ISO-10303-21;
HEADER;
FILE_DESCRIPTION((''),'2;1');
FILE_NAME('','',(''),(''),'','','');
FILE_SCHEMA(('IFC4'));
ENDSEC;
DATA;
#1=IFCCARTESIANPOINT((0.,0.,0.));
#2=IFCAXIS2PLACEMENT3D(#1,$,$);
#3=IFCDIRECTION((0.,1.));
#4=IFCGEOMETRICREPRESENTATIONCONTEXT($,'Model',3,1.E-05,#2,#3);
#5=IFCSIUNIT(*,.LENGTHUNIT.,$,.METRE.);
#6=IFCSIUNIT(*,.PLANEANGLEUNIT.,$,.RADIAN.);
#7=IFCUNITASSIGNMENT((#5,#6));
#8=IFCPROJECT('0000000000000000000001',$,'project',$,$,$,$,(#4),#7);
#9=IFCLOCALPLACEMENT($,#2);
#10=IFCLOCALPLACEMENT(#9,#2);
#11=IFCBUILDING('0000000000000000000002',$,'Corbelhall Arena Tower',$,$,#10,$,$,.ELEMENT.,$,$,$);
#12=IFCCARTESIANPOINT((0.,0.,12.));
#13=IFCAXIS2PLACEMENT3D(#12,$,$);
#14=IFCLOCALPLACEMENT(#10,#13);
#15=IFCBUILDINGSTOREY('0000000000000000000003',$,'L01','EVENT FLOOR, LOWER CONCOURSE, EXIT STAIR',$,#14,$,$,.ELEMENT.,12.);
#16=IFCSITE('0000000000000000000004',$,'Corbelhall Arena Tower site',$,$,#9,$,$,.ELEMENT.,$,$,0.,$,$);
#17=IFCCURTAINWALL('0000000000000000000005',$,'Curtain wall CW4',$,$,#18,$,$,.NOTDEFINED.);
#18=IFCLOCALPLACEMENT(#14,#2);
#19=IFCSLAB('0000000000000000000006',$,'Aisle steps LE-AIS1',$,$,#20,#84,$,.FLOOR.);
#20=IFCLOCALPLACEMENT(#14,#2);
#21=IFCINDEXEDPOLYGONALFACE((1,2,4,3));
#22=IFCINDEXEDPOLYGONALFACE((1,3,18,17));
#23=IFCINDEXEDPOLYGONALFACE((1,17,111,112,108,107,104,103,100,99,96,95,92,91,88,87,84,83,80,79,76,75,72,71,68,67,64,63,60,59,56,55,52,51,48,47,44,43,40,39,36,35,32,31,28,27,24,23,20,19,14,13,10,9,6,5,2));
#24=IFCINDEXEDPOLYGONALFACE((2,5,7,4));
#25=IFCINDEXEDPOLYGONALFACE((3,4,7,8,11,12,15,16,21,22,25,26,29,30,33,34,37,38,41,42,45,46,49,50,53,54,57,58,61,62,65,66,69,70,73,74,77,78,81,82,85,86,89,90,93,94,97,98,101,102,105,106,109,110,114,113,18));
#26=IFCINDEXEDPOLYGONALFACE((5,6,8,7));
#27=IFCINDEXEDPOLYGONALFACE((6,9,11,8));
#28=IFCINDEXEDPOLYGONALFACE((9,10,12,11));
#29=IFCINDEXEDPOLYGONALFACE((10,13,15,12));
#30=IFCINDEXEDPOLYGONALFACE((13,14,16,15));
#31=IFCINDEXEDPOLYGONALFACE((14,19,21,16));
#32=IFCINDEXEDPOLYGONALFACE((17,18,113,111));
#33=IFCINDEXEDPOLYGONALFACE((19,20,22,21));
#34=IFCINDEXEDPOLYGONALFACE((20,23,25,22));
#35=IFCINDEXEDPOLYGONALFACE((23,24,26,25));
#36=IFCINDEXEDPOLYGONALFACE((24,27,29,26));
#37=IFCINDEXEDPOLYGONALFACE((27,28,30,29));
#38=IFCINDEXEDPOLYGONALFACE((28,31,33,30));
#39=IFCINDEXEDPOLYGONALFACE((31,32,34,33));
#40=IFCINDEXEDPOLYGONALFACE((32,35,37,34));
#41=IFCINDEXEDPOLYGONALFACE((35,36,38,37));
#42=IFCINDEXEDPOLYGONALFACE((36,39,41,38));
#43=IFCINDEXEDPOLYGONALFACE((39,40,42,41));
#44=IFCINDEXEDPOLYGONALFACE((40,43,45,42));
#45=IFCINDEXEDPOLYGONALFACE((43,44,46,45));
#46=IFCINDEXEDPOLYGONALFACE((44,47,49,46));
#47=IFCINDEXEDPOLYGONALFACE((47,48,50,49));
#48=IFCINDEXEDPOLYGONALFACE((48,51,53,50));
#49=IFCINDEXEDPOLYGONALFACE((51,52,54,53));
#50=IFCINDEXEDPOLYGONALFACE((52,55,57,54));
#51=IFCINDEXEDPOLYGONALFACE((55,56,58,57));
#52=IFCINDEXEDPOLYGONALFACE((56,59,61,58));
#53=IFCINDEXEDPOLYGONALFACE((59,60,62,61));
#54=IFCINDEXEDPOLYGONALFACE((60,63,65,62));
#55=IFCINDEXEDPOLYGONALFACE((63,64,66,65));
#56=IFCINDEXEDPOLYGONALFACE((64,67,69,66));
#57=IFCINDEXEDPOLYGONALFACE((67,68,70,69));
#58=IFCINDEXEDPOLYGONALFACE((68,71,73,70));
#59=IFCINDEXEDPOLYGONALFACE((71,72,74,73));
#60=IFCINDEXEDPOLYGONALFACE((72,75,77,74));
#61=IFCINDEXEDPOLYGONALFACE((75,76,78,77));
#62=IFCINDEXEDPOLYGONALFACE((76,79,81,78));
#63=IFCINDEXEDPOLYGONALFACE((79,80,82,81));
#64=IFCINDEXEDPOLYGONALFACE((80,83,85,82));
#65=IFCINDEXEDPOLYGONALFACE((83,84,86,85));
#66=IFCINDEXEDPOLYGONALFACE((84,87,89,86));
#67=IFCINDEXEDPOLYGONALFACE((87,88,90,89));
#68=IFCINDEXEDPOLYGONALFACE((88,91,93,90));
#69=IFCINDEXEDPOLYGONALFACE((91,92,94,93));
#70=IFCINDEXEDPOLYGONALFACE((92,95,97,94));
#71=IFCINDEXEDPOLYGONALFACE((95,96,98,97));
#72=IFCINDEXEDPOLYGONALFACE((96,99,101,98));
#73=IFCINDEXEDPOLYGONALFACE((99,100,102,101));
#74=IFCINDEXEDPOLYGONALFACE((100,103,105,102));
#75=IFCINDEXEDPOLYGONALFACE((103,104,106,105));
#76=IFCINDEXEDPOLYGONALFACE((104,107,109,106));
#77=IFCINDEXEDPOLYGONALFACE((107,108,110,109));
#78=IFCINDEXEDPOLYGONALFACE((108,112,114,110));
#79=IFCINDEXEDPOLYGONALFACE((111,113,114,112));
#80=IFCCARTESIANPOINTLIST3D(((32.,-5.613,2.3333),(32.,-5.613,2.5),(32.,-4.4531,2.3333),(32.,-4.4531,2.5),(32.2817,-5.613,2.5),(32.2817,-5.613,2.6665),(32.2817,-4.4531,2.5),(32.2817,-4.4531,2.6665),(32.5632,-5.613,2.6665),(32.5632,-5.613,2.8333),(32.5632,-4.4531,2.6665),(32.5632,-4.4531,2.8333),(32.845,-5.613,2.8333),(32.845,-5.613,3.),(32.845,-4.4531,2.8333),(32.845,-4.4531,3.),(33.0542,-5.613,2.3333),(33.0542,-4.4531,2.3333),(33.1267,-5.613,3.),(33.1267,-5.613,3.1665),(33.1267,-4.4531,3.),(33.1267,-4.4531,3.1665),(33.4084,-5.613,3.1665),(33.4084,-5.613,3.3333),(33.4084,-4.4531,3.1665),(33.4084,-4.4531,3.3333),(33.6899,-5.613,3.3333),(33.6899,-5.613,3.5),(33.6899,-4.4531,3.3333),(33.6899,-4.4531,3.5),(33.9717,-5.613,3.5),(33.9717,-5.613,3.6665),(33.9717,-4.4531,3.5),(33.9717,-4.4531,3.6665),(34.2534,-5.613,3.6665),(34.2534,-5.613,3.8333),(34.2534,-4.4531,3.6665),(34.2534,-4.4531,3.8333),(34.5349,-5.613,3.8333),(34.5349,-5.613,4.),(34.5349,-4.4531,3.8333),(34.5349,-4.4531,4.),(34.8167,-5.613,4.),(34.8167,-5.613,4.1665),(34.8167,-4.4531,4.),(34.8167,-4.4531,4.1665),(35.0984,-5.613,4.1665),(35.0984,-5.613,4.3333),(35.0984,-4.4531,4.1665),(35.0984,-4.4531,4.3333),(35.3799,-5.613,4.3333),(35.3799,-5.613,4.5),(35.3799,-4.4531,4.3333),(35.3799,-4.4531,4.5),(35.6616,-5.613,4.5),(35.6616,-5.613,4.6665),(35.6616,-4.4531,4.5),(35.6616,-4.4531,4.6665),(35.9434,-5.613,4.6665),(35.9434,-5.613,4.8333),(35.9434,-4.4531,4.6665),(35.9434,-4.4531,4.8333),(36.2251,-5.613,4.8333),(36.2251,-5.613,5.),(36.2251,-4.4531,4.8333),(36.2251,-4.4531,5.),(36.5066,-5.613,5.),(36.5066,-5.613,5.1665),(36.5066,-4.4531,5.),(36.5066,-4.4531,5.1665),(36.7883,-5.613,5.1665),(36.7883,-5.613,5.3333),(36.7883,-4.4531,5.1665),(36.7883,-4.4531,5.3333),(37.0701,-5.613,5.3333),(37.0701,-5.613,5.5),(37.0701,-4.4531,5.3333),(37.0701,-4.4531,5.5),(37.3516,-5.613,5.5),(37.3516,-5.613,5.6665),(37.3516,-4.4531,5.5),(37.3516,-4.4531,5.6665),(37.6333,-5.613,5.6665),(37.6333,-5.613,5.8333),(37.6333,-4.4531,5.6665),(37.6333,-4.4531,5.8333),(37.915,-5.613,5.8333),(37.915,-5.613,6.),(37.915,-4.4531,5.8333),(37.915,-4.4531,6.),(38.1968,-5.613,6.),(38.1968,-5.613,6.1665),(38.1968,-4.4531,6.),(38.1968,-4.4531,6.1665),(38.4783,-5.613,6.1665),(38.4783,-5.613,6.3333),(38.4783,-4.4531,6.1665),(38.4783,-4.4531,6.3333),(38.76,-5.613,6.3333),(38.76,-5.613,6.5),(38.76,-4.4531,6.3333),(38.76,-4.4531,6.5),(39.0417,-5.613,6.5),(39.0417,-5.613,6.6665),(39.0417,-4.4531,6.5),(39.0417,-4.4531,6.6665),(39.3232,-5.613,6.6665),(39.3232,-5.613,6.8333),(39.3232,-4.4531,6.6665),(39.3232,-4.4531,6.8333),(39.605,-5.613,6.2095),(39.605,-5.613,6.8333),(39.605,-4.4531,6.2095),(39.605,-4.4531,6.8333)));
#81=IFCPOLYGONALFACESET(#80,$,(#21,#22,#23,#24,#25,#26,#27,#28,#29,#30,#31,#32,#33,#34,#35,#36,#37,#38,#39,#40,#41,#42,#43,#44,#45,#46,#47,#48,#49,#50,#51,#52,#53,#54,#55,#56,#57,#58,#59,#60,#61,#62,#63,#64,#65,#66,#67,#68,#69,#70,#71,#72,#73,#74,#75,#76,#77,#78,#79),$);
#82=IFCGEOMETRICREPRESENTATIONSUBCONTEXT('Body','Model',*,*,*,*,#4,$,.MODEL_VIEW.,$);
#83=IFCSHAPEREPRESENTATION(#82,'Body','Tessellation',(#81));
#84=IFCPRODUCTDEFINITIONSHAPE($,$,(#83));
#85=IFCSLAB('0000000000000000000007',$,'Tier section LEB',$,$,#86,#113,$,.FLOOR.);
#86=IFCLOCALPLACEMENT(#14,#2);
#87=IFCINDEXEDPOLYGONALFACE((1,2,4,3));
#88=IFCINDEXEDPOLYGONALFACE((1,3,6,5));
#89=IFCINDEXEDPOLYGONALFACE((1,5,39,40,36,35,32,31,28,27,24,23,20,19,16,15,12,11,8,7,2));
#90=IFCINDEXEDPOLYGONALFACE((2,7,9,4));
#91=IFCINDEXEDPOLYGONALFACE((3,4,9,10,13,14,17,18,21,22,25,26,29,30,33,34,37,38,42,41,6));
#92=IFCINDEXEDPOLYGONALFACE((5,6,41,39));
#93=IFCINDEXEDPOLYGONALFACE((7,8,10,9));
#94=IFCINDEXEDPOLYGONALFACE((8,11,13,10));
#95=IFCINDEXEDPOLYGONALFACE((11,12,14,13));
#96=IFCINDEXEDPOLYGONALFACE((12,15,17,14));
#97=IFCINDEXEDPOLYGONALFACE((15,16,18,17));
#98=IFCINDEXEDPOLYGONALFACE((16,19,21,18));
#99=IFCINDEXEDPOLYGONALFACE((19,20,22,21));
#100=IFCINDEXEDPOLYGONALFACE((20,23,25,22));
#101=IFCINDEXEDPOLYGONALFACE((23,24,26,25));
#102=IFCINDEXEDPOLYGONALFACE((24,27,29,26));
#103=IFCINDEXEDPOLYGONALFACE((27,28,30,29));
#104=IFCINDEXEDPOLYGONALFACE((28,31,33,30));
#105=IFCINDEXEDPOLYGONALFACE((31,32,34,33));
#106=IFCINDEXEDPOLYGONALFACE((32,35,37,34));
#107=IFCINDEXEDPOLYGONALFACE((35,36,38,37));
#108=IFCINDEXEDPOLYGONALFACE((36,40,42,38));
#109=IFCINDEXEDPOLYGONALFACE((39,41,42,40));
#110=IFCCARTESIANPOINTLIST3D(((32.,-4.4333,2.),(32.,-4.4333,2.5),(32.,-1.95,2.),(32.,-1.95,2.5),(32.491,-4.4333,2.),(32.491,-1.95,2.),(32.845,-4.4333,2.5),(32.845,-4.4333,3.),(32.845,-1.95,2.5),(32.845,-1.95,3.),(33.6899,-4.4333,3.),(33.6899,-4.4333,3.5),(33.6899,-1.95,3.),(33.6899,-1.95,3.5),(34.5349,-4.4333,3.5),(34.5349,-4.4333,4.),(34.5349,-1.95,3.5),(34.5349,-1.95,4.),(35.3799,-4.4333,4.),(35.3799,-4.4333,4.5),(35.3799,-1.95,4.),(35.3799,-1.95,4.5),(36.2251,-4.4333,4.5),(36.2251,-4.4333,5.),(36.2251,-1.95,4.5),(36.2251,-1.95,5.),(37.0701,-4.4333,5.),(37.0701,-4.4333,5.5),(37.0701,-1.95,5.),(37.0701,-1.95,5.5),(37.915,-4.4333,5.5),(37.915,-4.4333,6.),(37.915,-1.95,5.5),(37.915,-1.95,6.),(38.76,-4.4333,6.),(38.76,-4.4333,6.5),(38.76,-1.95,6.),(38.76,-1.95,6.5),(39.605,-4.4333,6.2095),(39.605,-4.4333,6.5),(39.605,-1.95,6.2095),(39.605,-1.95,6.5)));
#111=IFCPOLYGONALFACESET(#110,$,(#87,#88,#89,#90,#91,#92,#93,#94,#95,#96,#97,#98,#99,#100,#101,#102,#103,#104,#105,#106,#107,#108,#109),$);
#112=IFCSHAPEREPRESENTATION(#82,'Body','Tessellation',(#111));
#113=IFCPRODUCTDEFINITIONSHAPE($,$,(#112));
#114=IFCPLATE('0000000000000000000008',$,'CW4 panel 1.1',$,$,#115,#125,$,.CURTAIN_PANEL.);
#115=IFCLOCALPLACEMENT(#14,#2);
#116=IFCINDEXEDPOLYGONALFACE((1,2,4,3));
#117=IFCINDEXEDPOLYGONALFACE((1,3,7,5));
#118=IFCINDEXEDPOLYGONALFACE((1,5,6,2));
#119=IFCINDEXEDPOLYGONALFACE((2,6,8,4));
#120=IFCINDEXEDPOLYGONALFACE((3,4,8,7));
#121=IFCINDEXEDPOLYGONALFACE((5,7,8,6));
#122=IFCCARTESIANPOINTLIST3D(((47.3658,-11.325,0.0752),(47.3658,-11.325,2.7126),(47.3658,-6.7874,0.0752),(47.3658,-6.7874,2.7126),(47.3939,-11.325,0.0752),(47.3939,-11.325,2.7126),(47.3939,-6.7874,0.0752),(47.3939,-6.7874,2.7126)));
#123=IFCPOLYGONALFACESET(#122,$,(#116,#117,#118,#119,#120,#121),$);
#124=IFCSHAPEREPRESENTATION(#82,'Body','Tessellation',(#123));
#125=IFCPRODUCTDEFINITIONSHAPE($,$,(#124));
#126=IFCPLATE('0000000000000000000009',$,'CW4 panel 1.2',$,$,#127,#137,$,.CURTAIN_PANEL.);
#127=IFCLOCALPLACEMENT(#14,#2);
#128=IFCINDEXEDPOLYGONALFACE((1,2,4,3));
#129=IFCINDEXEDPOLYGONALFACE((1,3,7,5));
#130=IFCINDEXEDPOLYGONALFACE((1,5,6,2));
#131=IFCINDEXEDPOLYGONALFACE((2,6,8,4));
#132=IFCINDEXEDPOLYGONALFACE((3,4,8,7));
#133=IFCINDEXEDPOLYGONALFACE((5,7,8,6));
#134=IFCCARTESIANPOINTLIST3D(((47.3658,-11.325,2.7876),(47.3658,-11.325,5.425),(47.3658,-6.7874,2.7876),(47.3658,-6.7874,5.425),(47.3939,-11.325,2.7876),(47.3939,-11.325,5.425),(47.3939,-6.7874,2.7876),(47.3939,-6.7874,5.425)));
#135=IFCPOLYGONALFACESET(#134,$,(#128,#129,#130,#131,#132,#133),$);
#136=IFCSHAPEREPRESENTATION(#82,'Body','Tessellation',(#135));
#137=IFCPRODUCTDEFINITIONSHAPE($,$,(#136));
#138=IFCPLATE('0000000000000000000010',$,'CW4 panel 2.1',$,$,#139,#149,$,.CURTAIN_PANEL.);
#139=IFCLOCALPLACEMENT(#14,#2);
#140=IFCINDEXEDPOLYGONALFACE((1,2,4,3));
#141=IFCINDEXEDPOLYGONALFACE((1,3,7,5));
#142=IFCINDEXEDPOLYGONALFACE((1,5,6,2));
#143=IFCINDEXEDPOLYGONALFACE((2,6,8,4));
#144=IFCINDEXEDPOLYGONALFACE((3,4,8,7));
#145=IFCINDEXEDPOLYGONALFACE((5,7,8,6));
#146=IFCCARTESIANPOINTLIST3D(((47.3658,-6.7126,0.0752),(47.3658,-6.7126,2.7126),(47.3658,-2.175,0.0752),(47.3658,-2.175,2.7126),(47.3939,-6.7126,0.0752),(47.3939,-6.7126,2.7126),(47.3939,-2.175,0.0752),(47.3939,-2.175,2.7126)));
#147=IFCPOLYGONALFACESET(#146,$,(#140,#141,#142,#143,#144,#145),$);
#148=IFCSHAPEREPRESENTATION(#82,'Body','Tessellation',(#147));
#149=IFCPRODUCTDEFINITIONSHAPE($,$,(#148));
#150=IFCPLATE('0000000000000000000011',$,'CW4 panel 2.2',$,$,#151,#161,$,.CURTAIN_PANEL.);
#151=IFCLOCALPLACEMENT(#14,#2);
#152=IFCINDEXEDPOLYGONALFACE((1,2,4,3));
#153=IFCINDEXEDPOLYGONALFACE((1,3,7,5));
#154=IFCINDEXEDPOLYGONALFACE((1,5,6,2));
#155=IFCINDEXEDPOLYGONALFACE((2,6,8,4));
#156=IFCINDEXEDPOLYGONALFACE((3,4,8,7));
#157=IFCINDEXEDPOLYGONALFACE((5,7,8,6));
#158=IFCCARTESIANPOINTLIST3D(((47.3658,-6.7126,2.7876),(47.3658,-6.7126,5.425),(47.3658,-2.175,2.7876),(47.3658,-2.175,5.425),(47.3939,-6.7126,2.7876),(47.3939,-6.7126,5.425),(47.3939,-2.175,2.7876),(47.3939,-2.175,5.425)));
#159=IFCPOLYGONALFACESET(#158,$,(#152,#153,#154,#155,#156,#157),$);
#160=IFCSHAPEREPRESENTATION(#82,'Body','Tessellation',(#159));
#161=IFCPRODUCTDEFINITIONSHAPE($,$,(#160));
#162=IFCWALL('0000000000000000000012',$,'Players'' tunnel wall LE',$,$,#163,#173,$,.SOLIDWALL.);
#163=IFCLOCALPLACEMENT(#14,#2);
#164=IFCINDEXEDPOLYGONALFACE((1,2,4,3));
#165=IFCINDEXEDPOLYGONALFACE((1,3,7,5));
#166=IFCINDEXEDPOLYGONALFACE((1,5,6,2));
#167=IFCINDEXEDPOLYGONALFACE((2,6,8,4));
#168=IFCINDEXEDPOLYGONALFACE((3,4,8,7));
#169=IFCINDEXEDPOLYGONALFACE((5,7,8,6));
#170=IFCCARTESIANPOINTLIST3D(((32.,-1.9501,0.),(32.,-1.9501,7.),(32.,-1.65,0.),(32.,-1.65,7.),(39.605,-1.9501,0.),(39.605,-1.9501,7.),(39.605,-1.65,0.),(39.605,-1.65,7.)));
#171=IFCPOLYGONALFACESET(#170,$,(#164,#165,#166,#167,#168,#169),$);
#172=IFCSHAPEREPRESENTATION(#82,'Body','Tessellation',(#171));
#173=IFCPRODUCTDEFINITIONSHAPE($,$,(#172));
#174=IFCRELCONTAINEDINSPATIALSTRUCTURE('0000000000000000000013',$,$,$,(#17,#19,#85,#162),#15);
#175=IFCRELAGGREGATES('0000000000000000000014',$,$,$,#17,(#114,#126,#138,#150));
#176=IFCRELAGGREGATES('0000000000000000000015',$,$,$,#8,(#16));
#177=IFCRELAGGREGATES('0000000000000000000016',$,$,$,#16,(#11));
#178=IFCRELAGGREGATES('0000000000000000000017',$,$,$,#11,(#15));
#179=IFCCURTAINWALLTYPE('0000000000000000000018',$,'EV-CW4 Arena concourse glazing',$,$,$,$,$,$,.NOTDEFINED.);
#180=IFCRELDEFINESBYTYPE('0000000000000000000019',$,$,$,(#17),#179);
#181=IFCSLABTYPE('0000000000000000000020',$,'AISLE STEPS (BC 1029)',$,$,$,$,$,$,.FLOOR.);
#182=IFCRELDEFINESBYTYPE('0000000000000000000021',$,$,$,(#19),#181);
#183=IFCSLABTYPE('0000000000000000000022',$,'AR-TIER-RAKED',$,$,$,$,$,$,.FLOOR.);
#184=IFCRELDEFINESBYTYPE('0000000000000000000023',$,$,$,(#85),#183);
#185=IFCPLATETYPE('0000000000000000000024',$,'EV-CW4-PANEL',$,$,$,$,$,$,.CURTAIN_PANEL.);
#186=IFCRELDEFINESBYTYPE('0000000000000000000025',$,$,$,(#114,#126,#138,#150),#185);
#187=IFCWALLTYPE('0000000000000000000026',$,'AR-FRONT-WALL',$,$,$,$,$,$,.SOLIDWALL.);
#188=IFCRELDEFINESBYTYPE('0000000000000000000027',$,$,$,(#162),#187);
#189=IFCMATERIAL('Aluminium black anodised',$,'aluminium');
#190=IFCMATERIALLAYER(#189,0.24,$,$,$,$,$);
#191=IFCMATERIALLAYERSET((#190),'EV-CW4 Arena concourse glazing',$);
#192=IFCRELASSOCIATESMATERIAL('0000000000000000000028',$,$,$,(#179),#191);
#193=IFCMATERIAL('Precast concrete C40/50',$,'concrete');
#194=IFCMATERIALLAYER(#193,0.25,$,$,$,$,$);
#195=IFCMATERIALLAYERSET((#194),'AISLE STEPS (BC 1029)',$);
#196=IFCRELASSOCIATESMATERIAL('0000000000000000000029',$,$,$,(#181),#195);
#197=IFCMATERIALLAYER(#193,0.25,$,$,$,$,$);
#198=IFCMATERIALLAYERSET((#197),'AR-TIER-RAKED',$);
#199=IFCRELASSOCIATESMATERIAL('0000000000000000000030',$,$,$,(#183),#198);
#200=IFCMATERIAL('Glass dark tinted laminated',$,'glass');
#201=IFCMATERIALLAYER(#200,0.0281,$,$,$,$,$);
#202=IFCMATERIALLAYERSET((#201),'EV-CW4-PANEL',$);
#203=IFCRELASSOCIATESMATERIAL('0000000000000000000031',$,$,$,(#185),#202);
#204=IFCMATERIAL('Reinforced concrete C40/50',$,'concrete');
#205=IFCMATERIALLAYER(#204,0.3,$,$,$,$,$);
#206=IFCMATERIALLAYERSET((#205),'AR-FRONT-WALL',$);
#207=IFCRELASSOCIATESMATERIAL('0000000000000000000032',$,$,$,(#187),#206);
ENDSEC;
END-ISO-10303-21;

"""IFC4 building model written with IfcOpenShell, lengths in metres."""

from ifc_helpers import new_model, si_unit, direction, frame, frame_2d, origin, origin_2d, place, context, subcontext, project, spatial, polyline, rectangle, outline, extrude, material, layer, layer_set, type_object, element, aggregate, save


model = new_model("IFC4")

# Units and contexts
model_context = context("Model", 3, precision=1e-05, world=origin(), true_north=direction((0.0, 1.0)))
body_context = subcontext(model_context, "Body", "Model", "MODEL_VIEW")
ifc_project = project(units=[si_unit("LENGTHUNIT", "METRE"), si_unit("PLANEANGLEUNIT", "RADIAN")], contexts=[model_context])

# Site, building, storey
site_placement = place(None, origin())
site = spatial("IfcSite", under=ifc_project, at=site_placement, Name="Corbelhall Arena Tower site", CompositionType="ELEMENT", RefElevation=0.0)
building_placement = place(site_placement, origin())
building = spatial("IfcBuilding", under=site, at=building_placement, Name="Corbelhall Arena Tower", CompositionType="ELEMENT")
storey_placement = place(building_placement, frame((0.0, 0.0, 12.0)))
storey = spatial("IfcBuildingStorey", under=building, at=storey_placement, Name="L01", Description="EVENT FLOOR, LOWER CONCOURSE, EXIT STAIR", CompositionType="ELEMENT", Elevation=12.0)

# Curtain wall
ifc_material_1 = material(Name="Aluminium black anodised", Category="aluminium")
ifc_layer_1 = layer(ifc_material_1, 0.24)
ifc_layer_set_1 = layer_set([ifc_layer_1], Name="EV-CW4 Arena concourse glazing")
curtain_wall_type = type_object("IfcCurtainWallType", Name="EV-CW4 Arena concourse glazing", PredefinedType="NOTDEFINED", material=ifc_layer_set_1)
curtain_wall_placement = place(storey_placement, origin())
curtain_wall = element("IfcCurtainWall", 1, at=curtain_wall_placement, inside=storey, type_object=curtain_wall_type, Name="Curtain wall CW4", PredefinedType="NOTDEFINED")

# Slabs
ifc_material_2 = material(Name="Precast concrete C40/50", Category="concrete")
ifc_layer_2 = layer(ifc_material_2, 0.25)
ifc_layer_set_2 = layer_set([ifc_layer_2], Name="AISLE STEPS (BC 1029)")
slab_type_1 = type_object("IfcSlabType", Name="AISLE STEPS (BC 1029)", PredefinedType="FLOOR", material=ifc_layer_set_2)
slab_1_placement = place(storey_placement, frame((32.0, -5.0332, 2.3333), z_axis=(0.0, 0.0, 1.0), x_axis=(1.0, 0.0, 0.0)))
element("IfcSlab", 2, at=slab_1_placement, inside=storey, type_object=slab_type_1, Name="Aisle steps LE-AIS1", PredefinedType="FLOOR", context=body_context, shape_type="SweptSolid", body=[
    extrude(outline(polyline([(0.0, 0.0), (0.0, 0.1667), (0.2817, 0.1667), (0.2817, 0.3333), (0.5632, 0.3333), (0.5632, 0.5), (0.845, 0.5), (0.845, 0.6667), (1.1267, 0.6667), (1.1267, 0.8333), (1.4084, 0.8333), (1.4084, 1.0), (1.6899, 1.0), (1.6899, 1.1667), (1.9717, 1.1667), (1.9717, 1.3333), (2.2534, 1.3333), (2.2534, 1.5), (2.5349, 1.5), (2.5349, 1.6667), (2.8167, 1.6667), (2.8167, 1.8333), (3.0984, 1.8333), (3.0984, 2.0), (3.3799, 2.0), (3.3799, 2.1667), (3.6616, 2.1667), (3.6616, 2.3333), (3.9434, 2.3333), (3.9434, 2.5), (4.2251, 2.5), (4.2251, 2.6667), (4.5066, 2.6667), (4.5066, 2.8333), (4.7883, 2.8333), (4.7883, 3.0), (5.0701, 3.0), (5.0701, 3.1667), (5.3516, 3.1667), (5.3516, 3.3333), (5.6333, 3.3333), (5.6333, 3.5), (5.915, 3.5), (5.915, 3.6667), (6.1968, 3.6667), (6.1968, 3.8333), (6.4783, 3.8333), (6.4783, 4.0), (6.76, 4.0), (6.76, 4.1667), (7.0417, 4.1667), (7.0417, 4.3333), (7.3232, 4.3333), (7.3232, 4.5), (7.605, 4.5), (7.605, 4.6667), (7.605, 3.8762), (1.0542, 0.0), (0.0, 0.0)])), frame((0.0, 0.5801, 0.0), z_axis=(0.0, -1.0, 0.0), x_axis=(1.0, 0.0, 0.0)), (0.0, 0.0, 1.0), 1.1599),
])
ifc_layer_3 = layer(ifc_material_2, 0.25)
ifc_layer_set_3 = layer_set([ifc_layer_3], Name="AR-TIER-RAKED")
slab_type_2 = type_object("IfcSlabType", Name="AR-TIER-RAKED", PredefinedType="FLOOR", material=ifc_layer_set_3)
slab_2_placement = place(storey_placement, frame((32.0, -3.1917, 2.0), z_axis=(0.0, 0.0, 1.0), x_axis=(1.0, 0.0, 0.0)))
element("IfcSlab", 3, at=slab_2_placement, inside=storey, type_object=slab_type_2, Name="Tier section LEB", PredefinedType="FLOOR", context=body_context, shape_type="SweptSolid", body=[
    extrude(outline(polyline([(0.0, 0.0), (0.0, 0.5), (0.845, 0.5), (0.845, 1.0), (1.6899, 1.0), (1.6899, 1.5), (2.5349, 1.5), (2.5349, 2.0), (3.3799, 2.0), (3.3799, 2.5), (4.2251, 2.5), (4.2251, 3.0), (5.0701, 3.0), (5.0701, 3.5), (5.915, 3.5), (5.915, 4.0), (6.76, 4.0), (6.76, 4.5), (7.605, 4.5), (7.605, 5.0), (7.605, 4.2095), (0.491, 0.0), (0.0, 0.0)])), frame((0.0, 1.2417, 0.0), z_axis=(0.0, -1.0, 0.0), x_axis=(1.0, 0.0, 0.0)), (0.0, 0.0, 1.0), 2.4834),
])

# Plates
ifc_material_3 = material(Name="Glass dark tinted laminated", Category="glass")
ifc_layer_4 = layer(ifc_material_3, 0.0281)
ifc_layer_set_4 = layer_set([ifc_layer_4], Name="EV-CW4-PANEL")
plate_type = type_object("IfcPlateType", Name="EV-CW4-PANEL", PredefinedType="CURTAIN_PANEL", material=ifc_layer_set_4)
plate_1_placement = place(storey_placement, frame((47.3799, -9.0562, 0.0752), z_axis=(0.0, 0.0, 1.0), x_axis=(0.0, 1.0, 0.0)))
plate_1 = element("IfcPlate", 4, at=plate_1_placement, type_object=plate_type, Name="CW4 panel 1.1", PredefinedType="CURTAIN_PANEL", context=body_context, shape_type="SweptSolid", body=[
    extrude(rectangle(XDim=4.5376, YDim=0.0281, at=origin_2d()), origin(), (0.0, 0.0, 1.0), 2.6375),
])
plate_2_placement = place(storey_placement, frame((47.3799, -9.0562, 2.7876), z_axis=(0.0, 0.0, 1.0), x_axis=(0.0, 1.0, 0.0)))
plate_2 = element("IfcPlate", 5, at=plate_2_placement, type_object=plate_type, Name="CW4 panel 1.2", PredefinedType="CURTAIN_PANEL", context=body_context, shape_type="SweptSolid", body=[
    extrude(rectangle(XDim=4.5376, YDim=0.0281, at=origin_2d()), origin(), (0.0, 0.0, 1.0), 2.6375),
])
plate_3_placement = place(storey_placement, frame((47.3799, -4.4438, 0.0752), z_axis=(0.0, 0.0, 1.0), x_axis=(0.0, 1.0, 0.0)))
plate_3 = element("IfcPlate", 6, at=plate_3_placement, type_object=plate_type, Name="CW4 panel 2.1", PredefinedType="CURTAIN_PANEL", context=body_context, shape_type="SweptSolid", body=[
    extrude(rectangle(XDim=4.5376, YDim=0.0281, at=origin_2d()), origin(), (0.0, 0.0, 1.0), 2.6375),
])
plate_4_placement = place(storey_placement, frame((47.3799, -4.4438, 2.7876), z_axis=(0.0, 0.0, 1.0), x_axis=(0.0, 1.0, 0.0)))
plate_4 = element("IfcPlate", 7, at=plate_4_placement, type_object=plate_type, Name="CW4 panel 2.2", PredefinedType="CURTAIN_PANEL", context=body_context, shape_type="SweptSolid", body=[
    extrude(rectangle(XDim=4.5376, YDim=0.0281, at=origin_2d()), origin(), (0.0, 0.0, 1.0), 2.6375),
])
aggregate(curtain_wall, [plate_1, plate_2, plate_3, plate_4])

# Wall
ifc_material_4 = material(Name="Reinforced concrete C40/50", Category="concrete")
ifc_layer_5 = layer(ifc_material_4, 0.3)
ifc_layer_set_5 = layer_set([ifc_layer_5], Name="AR-FRONT-WALL")
wall_type_1 = type_object("IfcWallType", Name="AR-FRONT-WALL", PredefinedType="SOLIDWALL", material=ifc_layer_set_5)
wall_1_placement = place(storey_placement, frame((32.0, -1.8, 0.0), z_axis=(0.0, 0.0, 1.0), x_axis=(1.0, 0.0, 0.0)))
element("IfcWall", 8, at=wall_1_placement, inside=storey, type_object=wall_type_1, Name="Players' tunnel wall LE", PredefinedType="SOLIDWALL", context=body_context, shape_type="SweptSolid", body=[
    extrude(rectangle(XDim=7.605, YDim=0.3, at=frame_2d((3.8025, 0.0))), origin(), (0.0, 0.0, 1.0), 7.0),
])

save(model, "model.ifc")
